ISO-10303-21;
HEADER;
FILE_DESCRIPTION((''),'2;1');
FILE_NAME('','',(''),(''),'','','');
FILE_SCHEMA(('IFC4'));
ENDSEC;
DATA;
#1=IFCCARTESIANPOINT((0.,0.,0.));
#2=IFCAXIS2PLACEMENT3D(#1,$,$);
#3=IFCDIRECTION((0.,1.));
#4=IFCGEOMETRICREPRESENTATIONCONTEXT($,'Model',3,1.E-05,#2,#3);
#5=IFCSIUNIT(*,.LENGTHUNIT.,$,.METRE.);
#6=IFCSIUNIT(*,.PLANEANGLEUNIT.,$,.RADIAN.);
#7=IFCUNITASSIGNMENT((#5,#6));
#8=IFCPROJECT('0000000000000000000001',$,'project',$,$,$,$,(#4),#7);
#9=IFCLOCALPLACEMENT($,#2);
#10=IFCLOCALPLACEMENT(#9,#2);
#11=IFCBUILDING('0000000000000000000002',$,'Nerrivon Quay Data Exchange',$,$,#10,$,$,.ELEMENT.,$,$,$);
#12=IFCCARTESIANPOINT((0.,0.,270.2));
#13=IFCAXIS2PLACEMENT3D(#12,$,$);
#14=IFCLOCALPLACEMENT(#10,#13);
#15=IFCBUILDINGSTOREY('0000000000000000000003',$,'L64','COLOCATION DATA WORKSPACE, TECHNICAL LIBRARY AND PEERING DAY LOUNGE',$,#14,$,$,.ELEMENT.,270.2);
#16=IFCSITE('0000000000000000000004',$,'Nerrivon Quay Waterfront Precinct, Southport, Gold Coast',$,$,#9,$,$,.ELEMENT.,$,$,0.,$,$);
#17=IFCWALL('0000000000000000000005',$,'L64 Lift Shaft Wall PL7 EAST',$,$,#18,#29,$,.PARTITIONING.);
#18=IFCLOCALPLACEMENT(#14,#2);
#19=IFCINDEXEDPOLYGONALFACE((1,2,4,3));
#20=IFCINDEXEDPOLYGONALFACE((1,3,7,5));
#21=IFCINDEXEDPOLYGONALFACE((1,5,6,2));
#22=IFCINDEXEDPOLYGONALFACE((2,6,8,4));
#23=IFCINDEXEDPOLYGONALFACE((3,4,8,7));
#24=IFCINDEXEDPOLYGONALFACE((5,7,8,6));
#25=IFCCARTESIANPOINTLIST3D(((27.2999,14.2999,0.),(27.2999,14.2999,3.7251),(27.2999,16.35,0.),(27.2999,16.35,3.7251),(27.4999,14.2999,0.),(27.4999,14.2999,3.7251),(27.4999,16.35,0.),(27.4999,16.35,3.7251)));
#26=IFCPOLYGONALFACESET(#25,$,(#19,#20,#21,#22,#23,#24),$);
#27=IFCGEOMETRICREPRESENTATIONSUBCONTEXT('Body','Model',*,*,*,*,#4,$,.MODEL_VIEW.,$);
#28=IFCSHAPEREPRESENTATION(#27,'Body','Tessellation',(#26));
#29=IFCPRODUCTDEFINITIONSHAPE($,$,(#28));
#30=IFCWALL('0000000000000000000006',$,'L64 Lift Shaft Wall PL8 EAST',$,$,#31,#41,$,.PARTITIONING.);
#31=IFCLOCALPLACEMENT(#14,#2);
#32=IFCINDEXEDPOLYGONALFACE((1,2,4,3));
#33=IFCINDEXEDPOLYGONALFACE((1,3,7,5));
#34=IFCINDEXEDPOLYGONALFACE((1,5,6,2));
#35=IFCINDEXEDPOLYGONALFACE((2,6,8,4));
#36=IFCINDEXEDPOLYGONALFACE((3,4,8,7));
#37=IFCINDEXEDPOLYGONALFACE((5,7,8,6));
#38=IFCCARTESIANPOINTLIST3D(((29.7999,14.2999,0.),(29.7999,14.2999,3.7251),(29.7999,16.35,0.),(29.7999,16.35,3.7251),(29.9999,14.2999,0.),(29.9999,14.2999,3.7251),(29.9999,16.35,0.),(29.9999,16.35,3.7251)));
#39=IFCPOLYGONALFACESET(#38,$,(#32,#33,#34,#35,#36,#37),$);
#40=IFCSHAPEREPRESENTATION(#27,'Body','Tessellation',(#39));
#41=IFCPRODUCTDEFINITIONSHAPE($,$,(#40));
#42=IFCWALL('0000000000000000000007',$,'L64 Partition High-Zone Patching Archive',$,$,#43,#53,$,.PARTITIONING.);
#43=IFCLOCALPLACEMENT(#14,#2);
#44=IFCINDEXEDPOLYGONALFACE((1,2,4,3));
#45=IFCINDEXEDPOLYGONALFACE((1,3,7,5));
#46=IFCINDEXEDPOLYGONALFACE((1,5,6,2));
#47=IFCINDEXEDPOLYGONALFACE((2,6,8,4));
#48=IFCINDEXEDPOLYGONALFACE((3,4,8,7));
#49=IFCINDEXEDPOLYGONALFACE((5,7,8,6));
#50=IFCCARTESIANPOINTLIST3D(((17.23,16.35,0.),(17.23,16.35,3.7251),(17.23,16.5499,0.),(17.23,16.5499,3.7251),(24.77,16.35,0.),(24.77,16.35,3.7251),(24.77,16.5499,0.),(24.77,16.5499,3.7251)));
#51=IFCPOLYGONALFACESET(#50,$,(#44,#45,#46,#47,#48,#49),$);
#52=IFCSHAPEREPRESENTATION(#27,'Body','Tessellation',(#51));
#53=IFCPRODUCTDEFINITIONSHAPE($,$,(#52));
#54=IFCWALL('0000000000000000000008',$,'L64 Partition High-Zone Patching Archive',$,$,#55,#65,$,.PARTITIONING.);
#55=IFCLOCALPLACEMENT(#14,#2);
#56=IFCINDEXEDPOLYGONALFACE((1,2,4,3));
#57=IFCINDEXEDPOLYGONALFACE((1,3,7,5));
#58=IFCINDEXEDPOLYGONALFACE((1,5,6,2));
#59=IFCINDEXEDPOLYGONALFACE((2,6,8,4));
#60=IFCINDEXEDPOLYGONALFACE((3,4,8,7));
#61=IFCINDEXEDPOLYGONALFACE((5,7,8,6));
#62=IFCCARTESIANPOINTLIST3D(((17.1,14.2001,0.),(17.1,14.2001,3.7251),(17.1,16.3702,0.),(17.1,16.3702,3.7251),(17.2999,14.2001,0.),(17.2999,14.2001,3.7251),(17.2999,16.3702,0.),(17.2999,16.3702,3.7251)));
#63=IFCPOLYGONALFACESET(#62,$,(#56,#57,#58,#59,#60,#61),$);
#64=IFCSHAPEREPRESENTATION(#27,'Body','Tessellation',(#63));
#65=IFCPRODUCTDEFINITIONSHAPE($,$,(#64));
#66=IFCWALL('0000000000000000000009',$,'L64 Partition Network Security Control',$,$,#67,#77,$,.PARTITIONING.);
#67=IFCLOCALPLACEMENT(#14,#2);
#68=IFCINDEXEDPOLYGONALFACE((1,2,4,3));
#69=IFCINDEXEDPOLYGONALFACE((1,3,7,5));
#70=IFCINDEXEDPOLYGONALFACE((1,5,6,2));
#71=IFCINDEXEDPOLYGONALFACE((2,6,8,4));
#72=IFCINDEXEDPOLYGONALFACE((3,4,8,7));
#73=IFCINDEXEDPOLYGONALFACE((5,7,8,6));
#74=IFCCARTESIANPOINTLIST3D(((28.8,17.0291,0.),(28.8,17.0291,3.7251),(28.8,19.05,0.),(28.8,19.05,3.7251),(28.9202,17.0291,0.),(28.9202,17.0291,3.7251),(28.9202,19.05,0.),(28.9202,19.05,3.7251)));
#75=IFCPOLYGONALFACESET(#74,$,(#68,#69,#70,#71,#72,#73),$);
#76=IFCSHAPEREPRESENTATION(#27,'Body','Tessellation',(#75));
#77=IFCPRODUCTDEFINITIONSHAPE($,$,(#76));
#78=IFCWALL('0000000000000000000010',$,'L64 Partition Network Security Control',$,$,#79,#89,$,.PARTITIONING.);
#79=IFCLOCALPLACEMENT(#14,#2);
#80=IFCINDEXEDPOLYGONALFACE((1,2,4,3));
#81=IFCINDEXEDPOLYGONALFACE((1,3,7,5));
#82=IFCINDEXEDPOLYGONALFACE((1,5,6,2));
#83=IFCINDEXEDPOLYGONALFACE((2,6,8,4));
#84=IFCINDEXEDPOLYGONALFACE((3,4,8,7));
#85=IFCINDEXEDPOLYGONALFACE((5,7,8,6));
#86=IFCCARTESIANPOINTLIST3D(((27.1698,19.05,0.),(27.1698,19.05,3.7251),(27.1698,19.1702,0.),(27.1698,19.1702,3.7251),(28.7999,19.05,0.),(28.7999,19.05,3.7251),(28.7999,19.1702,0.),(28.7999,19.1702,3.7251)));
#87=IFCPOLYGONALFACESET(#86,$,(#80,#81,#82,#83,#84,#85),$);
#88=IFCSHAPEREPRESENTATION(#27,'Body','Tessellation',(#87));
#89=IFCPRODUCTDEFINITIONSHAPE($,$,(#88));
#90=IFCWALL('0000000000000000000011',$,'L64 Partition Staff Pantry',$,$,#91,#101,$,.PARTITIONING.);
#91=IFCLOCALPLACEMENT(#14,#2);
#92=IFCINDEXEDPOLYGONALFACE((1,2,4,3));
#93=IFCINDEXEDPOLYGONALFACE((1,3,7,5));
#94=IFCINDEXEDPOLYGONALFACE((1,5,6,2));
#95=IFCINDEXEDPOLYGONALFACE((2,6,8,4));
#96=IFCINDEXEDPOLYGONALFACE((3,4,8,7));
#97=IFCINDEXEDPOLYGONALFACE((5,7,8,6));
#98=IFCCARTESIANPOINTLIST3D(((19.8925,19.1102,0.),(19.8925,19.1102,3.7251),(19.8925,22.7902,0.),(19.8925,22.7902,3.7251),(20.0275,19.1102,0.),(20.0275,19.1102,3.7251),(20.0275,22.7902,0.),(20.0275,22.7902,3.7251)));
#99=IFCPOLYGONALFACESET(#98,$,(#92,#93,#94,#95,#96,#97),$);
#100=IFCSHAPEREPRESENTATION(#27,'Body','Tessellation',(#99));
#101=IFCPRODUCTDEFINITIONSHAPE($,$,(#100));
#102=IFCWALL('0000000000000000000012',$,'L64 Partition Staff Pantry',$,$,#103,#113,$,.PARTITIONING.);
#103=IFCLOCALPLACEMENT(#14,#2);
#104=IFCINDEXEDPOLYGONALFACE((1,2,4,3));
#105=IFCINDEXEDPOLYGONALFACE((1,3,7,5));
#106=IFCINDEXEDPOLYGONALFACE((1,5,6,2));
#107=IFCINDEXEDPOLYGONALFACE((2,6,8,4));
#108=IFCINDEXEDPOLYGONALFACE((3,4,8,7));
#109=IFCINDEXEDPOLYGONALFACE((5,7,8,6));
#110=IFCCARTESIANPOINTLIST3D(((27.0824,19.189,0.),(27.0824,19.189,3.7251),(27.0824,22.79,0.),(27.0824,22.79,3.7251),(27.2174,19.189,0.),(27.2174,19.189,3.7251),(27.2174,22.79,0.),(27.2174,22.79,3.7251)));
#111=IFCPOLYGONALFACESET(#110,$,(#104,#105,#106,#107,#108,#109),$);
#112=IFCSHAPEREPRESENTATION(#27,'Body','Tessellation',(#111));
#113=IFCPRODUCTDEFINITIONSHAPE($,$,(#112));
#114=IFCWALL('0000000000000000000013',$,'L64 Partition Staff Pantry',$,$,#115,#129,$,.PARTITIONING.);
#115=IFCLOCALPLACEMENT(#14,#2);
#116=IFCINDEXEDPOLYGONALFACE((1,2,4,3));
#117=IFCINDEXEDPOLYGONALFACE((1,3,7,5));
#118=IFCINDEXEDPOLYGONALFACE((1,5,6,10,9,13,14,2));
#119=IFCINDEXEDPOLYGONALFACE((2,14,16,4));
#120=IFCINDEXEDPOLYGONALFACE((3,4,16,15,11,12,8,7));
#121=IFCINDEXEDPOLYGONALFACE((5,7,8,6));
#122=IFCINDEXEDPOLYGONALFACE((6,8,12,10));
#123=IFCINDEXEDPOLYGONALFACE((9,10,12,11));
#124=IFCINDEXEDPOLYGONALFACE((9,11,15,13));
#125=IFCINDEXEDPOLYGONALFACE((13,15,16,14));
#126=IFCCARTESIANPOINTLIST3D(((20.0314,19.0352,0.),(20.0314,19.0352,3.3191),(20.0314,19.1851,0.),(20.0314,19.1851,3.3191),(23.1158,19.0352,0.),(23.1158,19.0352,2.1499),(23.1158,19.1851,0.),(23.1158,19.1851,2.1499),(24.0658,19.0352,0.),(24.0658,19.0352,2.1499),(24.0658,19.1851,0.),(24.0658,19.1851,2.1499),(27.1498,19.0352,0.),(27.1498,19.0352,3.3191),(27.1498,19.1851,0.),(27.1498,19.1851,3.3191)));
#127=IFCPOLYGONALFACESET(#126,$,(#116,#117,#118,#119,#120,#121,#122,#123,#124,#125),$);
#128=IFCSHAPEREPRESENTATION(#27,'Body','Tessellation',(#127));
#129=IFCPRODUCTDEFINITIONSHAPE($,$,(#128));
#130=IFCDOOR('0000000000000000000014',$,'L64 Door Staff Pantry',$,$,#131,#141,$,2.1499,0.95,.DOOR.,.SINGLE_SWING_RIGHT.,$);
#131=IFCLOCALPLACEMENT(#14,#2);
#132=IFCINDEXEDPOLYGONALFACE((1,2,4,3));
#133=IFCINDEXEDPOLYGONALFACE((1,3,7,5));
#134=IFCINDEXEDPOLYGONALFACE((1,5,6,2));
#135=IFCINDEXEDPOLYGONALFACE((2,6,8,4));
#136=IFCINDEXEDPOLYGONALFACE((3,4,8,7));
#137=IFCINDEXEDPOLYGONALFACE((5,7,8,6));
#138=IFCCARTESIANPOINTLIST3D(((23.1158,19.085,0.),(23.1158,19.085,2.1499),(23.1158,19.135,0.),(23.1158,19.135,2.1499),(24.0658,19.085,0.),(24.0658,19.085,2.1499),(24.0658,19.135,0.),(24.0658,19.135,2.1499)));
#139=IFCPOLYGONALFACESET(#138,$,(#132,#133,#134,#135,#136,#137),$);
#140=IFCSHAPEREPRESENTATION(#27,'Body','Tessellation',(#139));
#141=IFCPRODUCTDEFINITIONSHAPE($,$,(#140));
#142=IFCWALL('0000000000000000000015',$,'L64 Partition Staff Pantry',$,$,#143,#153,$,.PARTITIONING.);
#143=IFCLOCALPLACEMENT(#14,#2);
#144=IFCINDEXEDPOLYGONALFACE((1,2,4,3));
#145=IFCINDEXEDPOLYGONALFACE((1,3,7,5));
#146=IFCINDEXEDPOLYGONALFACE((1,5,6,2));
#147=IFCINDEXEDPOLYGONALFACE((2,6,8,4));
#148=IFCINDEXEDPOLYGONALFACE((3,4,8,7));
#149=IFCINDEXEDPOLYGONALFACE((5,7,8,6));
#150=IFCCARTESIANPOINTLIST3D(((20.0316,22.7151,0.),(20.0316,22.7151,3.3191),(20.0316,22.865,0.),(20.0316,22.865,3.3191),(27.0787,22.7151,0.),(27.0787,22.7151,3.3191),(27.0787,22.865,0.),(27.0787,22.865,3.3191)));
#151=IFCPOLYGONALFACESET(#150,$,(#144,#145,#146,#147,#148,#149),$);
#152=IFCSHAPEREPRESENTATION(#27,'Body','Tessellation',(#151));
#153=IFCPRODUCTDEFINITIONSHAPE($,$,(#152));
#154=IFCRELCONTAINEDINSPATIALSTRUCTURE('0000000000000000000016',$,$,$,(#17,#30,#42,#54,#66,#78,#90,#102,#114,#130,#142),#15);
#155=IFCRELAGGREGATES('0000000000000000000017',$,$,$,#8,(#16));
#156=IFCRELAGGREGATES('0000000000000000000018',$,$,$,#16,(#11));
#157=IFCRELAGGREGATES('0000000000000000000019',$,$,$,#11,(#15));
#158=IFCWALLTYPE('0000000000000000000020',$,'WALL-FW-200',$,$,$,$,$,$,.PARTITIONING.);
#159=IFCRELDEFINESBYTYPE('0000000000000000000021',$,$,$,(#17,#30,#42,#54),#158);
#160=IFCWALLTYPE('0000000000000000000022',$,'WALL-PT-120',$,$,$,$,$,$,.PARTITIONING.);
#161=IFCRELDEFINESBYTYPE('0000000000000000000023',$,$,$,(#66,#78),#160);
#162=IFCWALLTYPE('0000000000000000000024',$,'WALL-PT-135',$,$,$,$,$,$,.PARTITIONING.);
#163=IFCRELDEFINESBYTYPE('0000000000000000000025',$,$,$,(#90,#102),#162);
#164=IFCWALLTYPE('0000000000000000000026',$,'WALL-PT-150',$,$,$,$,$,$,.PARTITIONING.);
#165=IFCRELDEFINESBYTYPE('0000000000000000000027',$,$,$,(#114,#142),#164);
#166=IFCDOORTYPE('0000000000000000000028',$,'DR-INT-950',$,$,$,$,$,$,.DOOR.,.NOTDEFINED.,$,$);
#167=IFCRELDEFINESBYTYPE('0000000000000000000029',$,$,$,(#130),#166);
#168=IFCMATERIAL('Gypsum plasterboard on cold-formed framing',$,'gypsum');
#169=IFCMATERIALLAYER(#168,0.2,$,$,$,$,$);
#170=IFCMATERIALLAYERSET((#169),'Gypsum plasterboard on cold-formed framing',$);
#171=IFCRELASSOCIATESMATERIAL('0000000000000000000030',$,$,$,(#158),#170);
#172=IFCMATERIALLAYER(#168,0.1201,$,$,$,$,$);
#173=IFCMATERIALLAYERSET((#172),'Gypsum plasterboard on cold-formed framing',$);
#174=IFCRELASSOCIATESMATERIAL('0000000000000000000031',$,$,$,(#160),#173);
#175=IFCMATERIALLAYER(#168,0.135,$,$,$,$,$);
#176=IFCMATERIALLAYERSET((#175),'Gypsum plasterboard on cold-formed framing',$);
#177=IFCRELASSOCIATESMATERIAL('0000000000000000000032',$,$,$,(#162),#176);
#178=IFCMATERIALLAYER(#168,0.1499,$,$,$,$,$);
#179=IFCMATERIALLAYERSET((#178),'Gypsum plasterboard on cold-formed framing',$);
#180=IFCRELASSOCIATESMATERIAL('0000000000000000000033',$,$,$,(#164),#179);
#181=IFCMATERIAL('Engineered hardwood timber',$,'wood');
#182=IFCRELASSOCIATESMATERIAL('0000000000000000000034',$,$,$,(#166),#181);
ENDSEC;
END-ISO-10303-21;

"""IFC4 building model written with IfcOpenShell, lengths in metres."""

from ifc_helpers import new_model, si_unit, direction, frame, frame_2d, origin, place, context, subcontext, project, spatial, rectangle, extrude, material, layer, layer_set, type_object, element, fill, save


model = new_model("IFC4")

# Units and contexts
model_context = context("Model", 3, precision=1e-05, world=origin(), true_north=direction((0.0, 1.0)))
body_context = subcontext(model_context, "Body", "Model", "MODEL_VIEW")
ifc_project = project(units=[si_unit("LENGTHUNIT", "METRE"), si_unit("PLANEANGLEUNIT", "RADIAN")], contexts=[model_context])

# Site, building, storey
site_placement = place(None, origin())
site = spatial("IfcSite", under=ifc_project, at=site_placement, Name="Nerrivon Quay Waterfront Precinct, Southport, Gold Coast", CompositionType="ELEMENT", RefElevation=0.0)
building_placement = place(site_placement, origin())
building = spatial("IfcBuilding", under=site, at=building_placement, Name="Nerrivon Quay Data Exchange", CompositionType="ELEMENT")
storey_placement = place(building_placement, frame((0.0, 0.0, 270.2)))
storey = spatial("IfcBuildingStorey", under=building, at=storey_placement, Name="L64", Description="COLOCATION DATA WORKSPACE, TECHNICAL LIBRARY AND PEERING DAY LOUNGE", CompositionType="ELEMENT", Elevation=270.2)

# Walls
ifc_material_1 = material(Name="Gypsum plasterboard on cold-formed framing", Category="gypsum")
ifc_layer_1 = layer(ifc_material_1, 0.2)
ifc_layer_set_1 = layer_set([ifc_layer_1], Name="Gypsum plasterboard on cold-formed framing")
wall_type_1 = type_object("IfcWallType", Name="WALL-FW-200", PredefinedType="PARTITIONING", material=ifc_layer_set_1)
for number, where, z_axis, x_axis, name in (
    (1, (27.3999, 14.3, 0.0), (0.0, 0.0, 1.0), (0.0, 1.0, 0.0), "L64 Lift Shaft Wall PL7 EAST"),
    (2, (29.8999, 14.3, 0.0), (0.0, 0.0, 1.0), (0.0, 1.0, 0.0), "L64 Lift Shaft Wall PL8 EAST"),
):
    element("IfcWall", number, at=place(storey_placement, frame(where, z_axis=z_axis, x_axis=x_axis)), inside=storey, type_object=wall_type_1, Name=name, PredefinedType="PARTITIONING", context=body_context, shape_type="SweptSolid", body=[
        extrude(rectangle(XDim=2.05, YDim=0.2, at=frame_2d((1.0249, 0.0))), origin(), (0.0, 0.0, 1.0), 3.7251),
    ])
wall_1_placement = place(storey_placement, frame((24.77, 16.45, 0.0), z_axis=(0.0, 0.0, 1.0), x_axis=(-1.0, 0.0, 0.0)))
element("IfcWall", 3, at=wall_1_placement, inside=storey, type_object=wall_type_1, Name="L64 Partition High-Zone Patching Archive", PredefinedType="PARTITIONING", context=body_context, shape_type="SweptSolid", body=[
    extrude(rectangle(XDim=7.54, YDim=0.2, at=frame_2d((3.77, 0.0))), origin(), (0.0, 0.0, 1.0), 3.7251),
])
wall_2_placement = place(storey_placement, frame((17.2, 16.3701, 0.0), z_axis=(0.0, 0.0, 1.0), x_axis=(0.0, -1.0, 0.0)))
element("IfcWall", 4, at=wall_2_placement, inside=storey, type_object=wall_type_1, Name="L64 Partition High-Zone Patching Archive", PredefinedType="PARTITIONING", context=body_context, shape_type="SweptSolid", body=[
    extrude(rectangle(XDim=2.1702, YDim=0.2, at=frame_2d((1.085, 0.0))), origin(), (0.0, 0.0, 1.0), 3.7251),
])
ifc_layer_2 = layer(ifc_material_1, 0.1201)
ifc_layer_set_2 = layer_set([ifc_layer_2], Name="Gypsum plasterboard on cold-formed framing")
wall_type_2 = type_object("IfcWallType", Name="WALL-PT-120", PredefinedType="PARTITIONING", material=ifc_layer_set_2)
wall_3_placement = place(storey_placement, frame((28.8601, 19.05, 0.0), z_axis=(0.0, 0.0, 1.0), x_axis=(0.0, -1.0, 0.0)))
element("IfcWall", 5, at=wall_3_placement, inside=storey, type_object=wall_type_2, Name="L64 Partition Network Security Control", PredefinedType="PARTITIONING", context=body_context, shape_type="SweptSolid", body=[
    extrude(rectangle(XDim=2.021, YDim=0.1201, at=frame_2d((1.0105, 0.0))), origin(), (0.0, 0.0, 1.0), 3.7251),
])
wall_4_placement = place(storey_placement, frame((27.1699, 19.1101, 0.0), z_axis=(0.0, 0.0, 1.0), x_axis=(1.0, 0.0, 0.0)))
element("IfcWall", 6, at=wall_4_placement, inside=storey, type_object=wall_type_2, Name="L64 Partition Network Security Control", PredefinedType="PARTITIONING", context=body_context, shape_type="SweptSolid", body=[
    extrude(rectangle(XDim=1.6301, YDim=0.1201, at=frame_2d((0.8149, 0.0))), origin(), (0.0, 0.0, 1.0), 3.7251),
])
ifc_layer_3 = layer(ifc_material_1, 0.135)
ifc_layer_set_3 = layer_set([ifc_layer_3], Name="Gypsum plasterboard on cold-formed framing")
wall_type_3 = type_object("IfcWallType", Name="WALL-PT-135", PredefinedType="PARTITIONING", material=ifc_layer_set_3)
wall_5_placement = place(storey_placement, frame((19.96, 22.79, 0.0), z_axis=(0.0, 0.0, 1.0), x_axis=(0.0, -1.0, 0.0)))
element("IfcWall", 7, at=wall_5_placement, inside=storey, type_object=wall_type_3, Name="L64 Partition Staff Pantry", PredefinedType="PARTITIONING", context=body_context, shape_type="SweptSolid", body=[
    extrude(rectangle(XDim=3.6799, YDim=0.135, at=frame_2d((1.8398, 0.0))), origin(), (0.0, 0.0, 1.0), 3.7251),
])
wall_6_placement = place(storey_placement, frame((27.1499, 19.189, 0.0), z_axis=(0.0, 0.0, 1.0), x_axis=(0.0, 1.0, 0.0)))
element("IfcWall", 8, at=wall_6_placement, inside=storey, type_object=wall_type_3, Name="L64 Partition Staff Pantry", PredefinedType="PARTITIONING", context=body_context, shape_type="SweptSolid", body=[
    extrude(rectangle(XDim=3.6011, YDim=0.135, at=frame_2d((1.8005, 0.0))), origin(), (0.0, 0.0, 1.0), 3.7251),
])

# Wall, opening, door
ifc_layer_4 = layer(ifc_material_1, 0.1499)
ifc_layer_set_4 = layer_set([ifc_layer_4], Name="Gypsum plasterboard on cold-formed framing")
wall_type_4 = type_object("IfcWallType", Name="WALL-PT-150", PredefinedType="PARTITIONING", material=ifc_layer_set_4)
wall_7_placement = place(storey_placement, frame((20.0315, 19.1101, 0.0), z_axis=(0.0, 0.0, 1.0), x_axis=(1.0, 0.0, 0.0)))
wall_7 = element("IfcWall", 9, at=wall_7_placement, inside=storey, type_object=wall_type_4, Name="L64 Partition Staff Pantry", PredefinedType="PARTITIONING", context=body_context, shape_type="SweptSolid", body=[
    extrude(rectangle(XDim=7.1184, YDim=0.1499, at=frame_2d((3.5591, 0.0))), origin(), (0.0, 0.0, 1.0), 3.3191),
])
opening_placement = place(wall_7_placement, frame((3.0842, 0.0, 0.0)))
opening = element("IfcOpeningElement", 10, at=opening_placement, cuts=wall_7, PredefinedType="OPENING", context=body_context, shape_type="SweptSolid", body=[
    extrude(rectangle(XDim=0.95, YDim=2.1499, at=frame_2d((0.4751, 1.075))), frame((0.0, 0.085, 0.0), z_axis=(0.0, -1.0, 0.0), x_axis=(1.0, 0.0, 0.0)), (0.0, 0.0, 1.0), 0.1699),
])
ifc_material_2 = material(Name="Engineered hardwood timber", Category="wood")
door_type = type_object("IfcDoorType", Name="DR-INT-950", OperationType="NOTDEFINED", PredefinedType="DOOR", material=ifc_material_2)
door_placement = place(opening_placement, origin())
door = element("IfcDoor", 11, at=door_placement, inside=storey, type_object=door_type, Name="L64 Door Staff Pantry", OperationType="SINGLE_SWING_RIGHT", OverallHeight=2.1499, OverallWidth=0.95, PredefinedType="DOOR", context=body_context, shape_type="SweptSolid", body=[
    extrude(rectangle(XDim=0.95, YDim=2.1499, at=frame_2d((0.4751, 1.075))), frame((0.0, 0.0249, 0.0), z_axis=(0.0, -1.0, 0.0), x_axis=(1.0, 0.0, 0.0)), (0.0, 0.0, 1.0), 0.05),
])
fill(opening, door)

# Wall
wall_8_placement = place(storey_placement, frame((27.0786, 22.79, 0.0), z_axis=(0.0, 0.0, 1.0), x_axis=(-1.0, 0.0, 0.0)))
element("IfcWall", 12, at=wall_8_placement, inside=storey, type_object=wall_type_4, Name="L64 Partition Staff Pantry", PredefinedType="PARTITIONING", context=body_context, shape_type="SweptSolid", body=[
    extrude(rectangle(XDim=7.0471, YDim=0.1499, at=frame_2d((3.5234, 0.0))), origin(), (0.0, 0.0, 1.0), 3.3191),
])

save(model, "model.ifc")
